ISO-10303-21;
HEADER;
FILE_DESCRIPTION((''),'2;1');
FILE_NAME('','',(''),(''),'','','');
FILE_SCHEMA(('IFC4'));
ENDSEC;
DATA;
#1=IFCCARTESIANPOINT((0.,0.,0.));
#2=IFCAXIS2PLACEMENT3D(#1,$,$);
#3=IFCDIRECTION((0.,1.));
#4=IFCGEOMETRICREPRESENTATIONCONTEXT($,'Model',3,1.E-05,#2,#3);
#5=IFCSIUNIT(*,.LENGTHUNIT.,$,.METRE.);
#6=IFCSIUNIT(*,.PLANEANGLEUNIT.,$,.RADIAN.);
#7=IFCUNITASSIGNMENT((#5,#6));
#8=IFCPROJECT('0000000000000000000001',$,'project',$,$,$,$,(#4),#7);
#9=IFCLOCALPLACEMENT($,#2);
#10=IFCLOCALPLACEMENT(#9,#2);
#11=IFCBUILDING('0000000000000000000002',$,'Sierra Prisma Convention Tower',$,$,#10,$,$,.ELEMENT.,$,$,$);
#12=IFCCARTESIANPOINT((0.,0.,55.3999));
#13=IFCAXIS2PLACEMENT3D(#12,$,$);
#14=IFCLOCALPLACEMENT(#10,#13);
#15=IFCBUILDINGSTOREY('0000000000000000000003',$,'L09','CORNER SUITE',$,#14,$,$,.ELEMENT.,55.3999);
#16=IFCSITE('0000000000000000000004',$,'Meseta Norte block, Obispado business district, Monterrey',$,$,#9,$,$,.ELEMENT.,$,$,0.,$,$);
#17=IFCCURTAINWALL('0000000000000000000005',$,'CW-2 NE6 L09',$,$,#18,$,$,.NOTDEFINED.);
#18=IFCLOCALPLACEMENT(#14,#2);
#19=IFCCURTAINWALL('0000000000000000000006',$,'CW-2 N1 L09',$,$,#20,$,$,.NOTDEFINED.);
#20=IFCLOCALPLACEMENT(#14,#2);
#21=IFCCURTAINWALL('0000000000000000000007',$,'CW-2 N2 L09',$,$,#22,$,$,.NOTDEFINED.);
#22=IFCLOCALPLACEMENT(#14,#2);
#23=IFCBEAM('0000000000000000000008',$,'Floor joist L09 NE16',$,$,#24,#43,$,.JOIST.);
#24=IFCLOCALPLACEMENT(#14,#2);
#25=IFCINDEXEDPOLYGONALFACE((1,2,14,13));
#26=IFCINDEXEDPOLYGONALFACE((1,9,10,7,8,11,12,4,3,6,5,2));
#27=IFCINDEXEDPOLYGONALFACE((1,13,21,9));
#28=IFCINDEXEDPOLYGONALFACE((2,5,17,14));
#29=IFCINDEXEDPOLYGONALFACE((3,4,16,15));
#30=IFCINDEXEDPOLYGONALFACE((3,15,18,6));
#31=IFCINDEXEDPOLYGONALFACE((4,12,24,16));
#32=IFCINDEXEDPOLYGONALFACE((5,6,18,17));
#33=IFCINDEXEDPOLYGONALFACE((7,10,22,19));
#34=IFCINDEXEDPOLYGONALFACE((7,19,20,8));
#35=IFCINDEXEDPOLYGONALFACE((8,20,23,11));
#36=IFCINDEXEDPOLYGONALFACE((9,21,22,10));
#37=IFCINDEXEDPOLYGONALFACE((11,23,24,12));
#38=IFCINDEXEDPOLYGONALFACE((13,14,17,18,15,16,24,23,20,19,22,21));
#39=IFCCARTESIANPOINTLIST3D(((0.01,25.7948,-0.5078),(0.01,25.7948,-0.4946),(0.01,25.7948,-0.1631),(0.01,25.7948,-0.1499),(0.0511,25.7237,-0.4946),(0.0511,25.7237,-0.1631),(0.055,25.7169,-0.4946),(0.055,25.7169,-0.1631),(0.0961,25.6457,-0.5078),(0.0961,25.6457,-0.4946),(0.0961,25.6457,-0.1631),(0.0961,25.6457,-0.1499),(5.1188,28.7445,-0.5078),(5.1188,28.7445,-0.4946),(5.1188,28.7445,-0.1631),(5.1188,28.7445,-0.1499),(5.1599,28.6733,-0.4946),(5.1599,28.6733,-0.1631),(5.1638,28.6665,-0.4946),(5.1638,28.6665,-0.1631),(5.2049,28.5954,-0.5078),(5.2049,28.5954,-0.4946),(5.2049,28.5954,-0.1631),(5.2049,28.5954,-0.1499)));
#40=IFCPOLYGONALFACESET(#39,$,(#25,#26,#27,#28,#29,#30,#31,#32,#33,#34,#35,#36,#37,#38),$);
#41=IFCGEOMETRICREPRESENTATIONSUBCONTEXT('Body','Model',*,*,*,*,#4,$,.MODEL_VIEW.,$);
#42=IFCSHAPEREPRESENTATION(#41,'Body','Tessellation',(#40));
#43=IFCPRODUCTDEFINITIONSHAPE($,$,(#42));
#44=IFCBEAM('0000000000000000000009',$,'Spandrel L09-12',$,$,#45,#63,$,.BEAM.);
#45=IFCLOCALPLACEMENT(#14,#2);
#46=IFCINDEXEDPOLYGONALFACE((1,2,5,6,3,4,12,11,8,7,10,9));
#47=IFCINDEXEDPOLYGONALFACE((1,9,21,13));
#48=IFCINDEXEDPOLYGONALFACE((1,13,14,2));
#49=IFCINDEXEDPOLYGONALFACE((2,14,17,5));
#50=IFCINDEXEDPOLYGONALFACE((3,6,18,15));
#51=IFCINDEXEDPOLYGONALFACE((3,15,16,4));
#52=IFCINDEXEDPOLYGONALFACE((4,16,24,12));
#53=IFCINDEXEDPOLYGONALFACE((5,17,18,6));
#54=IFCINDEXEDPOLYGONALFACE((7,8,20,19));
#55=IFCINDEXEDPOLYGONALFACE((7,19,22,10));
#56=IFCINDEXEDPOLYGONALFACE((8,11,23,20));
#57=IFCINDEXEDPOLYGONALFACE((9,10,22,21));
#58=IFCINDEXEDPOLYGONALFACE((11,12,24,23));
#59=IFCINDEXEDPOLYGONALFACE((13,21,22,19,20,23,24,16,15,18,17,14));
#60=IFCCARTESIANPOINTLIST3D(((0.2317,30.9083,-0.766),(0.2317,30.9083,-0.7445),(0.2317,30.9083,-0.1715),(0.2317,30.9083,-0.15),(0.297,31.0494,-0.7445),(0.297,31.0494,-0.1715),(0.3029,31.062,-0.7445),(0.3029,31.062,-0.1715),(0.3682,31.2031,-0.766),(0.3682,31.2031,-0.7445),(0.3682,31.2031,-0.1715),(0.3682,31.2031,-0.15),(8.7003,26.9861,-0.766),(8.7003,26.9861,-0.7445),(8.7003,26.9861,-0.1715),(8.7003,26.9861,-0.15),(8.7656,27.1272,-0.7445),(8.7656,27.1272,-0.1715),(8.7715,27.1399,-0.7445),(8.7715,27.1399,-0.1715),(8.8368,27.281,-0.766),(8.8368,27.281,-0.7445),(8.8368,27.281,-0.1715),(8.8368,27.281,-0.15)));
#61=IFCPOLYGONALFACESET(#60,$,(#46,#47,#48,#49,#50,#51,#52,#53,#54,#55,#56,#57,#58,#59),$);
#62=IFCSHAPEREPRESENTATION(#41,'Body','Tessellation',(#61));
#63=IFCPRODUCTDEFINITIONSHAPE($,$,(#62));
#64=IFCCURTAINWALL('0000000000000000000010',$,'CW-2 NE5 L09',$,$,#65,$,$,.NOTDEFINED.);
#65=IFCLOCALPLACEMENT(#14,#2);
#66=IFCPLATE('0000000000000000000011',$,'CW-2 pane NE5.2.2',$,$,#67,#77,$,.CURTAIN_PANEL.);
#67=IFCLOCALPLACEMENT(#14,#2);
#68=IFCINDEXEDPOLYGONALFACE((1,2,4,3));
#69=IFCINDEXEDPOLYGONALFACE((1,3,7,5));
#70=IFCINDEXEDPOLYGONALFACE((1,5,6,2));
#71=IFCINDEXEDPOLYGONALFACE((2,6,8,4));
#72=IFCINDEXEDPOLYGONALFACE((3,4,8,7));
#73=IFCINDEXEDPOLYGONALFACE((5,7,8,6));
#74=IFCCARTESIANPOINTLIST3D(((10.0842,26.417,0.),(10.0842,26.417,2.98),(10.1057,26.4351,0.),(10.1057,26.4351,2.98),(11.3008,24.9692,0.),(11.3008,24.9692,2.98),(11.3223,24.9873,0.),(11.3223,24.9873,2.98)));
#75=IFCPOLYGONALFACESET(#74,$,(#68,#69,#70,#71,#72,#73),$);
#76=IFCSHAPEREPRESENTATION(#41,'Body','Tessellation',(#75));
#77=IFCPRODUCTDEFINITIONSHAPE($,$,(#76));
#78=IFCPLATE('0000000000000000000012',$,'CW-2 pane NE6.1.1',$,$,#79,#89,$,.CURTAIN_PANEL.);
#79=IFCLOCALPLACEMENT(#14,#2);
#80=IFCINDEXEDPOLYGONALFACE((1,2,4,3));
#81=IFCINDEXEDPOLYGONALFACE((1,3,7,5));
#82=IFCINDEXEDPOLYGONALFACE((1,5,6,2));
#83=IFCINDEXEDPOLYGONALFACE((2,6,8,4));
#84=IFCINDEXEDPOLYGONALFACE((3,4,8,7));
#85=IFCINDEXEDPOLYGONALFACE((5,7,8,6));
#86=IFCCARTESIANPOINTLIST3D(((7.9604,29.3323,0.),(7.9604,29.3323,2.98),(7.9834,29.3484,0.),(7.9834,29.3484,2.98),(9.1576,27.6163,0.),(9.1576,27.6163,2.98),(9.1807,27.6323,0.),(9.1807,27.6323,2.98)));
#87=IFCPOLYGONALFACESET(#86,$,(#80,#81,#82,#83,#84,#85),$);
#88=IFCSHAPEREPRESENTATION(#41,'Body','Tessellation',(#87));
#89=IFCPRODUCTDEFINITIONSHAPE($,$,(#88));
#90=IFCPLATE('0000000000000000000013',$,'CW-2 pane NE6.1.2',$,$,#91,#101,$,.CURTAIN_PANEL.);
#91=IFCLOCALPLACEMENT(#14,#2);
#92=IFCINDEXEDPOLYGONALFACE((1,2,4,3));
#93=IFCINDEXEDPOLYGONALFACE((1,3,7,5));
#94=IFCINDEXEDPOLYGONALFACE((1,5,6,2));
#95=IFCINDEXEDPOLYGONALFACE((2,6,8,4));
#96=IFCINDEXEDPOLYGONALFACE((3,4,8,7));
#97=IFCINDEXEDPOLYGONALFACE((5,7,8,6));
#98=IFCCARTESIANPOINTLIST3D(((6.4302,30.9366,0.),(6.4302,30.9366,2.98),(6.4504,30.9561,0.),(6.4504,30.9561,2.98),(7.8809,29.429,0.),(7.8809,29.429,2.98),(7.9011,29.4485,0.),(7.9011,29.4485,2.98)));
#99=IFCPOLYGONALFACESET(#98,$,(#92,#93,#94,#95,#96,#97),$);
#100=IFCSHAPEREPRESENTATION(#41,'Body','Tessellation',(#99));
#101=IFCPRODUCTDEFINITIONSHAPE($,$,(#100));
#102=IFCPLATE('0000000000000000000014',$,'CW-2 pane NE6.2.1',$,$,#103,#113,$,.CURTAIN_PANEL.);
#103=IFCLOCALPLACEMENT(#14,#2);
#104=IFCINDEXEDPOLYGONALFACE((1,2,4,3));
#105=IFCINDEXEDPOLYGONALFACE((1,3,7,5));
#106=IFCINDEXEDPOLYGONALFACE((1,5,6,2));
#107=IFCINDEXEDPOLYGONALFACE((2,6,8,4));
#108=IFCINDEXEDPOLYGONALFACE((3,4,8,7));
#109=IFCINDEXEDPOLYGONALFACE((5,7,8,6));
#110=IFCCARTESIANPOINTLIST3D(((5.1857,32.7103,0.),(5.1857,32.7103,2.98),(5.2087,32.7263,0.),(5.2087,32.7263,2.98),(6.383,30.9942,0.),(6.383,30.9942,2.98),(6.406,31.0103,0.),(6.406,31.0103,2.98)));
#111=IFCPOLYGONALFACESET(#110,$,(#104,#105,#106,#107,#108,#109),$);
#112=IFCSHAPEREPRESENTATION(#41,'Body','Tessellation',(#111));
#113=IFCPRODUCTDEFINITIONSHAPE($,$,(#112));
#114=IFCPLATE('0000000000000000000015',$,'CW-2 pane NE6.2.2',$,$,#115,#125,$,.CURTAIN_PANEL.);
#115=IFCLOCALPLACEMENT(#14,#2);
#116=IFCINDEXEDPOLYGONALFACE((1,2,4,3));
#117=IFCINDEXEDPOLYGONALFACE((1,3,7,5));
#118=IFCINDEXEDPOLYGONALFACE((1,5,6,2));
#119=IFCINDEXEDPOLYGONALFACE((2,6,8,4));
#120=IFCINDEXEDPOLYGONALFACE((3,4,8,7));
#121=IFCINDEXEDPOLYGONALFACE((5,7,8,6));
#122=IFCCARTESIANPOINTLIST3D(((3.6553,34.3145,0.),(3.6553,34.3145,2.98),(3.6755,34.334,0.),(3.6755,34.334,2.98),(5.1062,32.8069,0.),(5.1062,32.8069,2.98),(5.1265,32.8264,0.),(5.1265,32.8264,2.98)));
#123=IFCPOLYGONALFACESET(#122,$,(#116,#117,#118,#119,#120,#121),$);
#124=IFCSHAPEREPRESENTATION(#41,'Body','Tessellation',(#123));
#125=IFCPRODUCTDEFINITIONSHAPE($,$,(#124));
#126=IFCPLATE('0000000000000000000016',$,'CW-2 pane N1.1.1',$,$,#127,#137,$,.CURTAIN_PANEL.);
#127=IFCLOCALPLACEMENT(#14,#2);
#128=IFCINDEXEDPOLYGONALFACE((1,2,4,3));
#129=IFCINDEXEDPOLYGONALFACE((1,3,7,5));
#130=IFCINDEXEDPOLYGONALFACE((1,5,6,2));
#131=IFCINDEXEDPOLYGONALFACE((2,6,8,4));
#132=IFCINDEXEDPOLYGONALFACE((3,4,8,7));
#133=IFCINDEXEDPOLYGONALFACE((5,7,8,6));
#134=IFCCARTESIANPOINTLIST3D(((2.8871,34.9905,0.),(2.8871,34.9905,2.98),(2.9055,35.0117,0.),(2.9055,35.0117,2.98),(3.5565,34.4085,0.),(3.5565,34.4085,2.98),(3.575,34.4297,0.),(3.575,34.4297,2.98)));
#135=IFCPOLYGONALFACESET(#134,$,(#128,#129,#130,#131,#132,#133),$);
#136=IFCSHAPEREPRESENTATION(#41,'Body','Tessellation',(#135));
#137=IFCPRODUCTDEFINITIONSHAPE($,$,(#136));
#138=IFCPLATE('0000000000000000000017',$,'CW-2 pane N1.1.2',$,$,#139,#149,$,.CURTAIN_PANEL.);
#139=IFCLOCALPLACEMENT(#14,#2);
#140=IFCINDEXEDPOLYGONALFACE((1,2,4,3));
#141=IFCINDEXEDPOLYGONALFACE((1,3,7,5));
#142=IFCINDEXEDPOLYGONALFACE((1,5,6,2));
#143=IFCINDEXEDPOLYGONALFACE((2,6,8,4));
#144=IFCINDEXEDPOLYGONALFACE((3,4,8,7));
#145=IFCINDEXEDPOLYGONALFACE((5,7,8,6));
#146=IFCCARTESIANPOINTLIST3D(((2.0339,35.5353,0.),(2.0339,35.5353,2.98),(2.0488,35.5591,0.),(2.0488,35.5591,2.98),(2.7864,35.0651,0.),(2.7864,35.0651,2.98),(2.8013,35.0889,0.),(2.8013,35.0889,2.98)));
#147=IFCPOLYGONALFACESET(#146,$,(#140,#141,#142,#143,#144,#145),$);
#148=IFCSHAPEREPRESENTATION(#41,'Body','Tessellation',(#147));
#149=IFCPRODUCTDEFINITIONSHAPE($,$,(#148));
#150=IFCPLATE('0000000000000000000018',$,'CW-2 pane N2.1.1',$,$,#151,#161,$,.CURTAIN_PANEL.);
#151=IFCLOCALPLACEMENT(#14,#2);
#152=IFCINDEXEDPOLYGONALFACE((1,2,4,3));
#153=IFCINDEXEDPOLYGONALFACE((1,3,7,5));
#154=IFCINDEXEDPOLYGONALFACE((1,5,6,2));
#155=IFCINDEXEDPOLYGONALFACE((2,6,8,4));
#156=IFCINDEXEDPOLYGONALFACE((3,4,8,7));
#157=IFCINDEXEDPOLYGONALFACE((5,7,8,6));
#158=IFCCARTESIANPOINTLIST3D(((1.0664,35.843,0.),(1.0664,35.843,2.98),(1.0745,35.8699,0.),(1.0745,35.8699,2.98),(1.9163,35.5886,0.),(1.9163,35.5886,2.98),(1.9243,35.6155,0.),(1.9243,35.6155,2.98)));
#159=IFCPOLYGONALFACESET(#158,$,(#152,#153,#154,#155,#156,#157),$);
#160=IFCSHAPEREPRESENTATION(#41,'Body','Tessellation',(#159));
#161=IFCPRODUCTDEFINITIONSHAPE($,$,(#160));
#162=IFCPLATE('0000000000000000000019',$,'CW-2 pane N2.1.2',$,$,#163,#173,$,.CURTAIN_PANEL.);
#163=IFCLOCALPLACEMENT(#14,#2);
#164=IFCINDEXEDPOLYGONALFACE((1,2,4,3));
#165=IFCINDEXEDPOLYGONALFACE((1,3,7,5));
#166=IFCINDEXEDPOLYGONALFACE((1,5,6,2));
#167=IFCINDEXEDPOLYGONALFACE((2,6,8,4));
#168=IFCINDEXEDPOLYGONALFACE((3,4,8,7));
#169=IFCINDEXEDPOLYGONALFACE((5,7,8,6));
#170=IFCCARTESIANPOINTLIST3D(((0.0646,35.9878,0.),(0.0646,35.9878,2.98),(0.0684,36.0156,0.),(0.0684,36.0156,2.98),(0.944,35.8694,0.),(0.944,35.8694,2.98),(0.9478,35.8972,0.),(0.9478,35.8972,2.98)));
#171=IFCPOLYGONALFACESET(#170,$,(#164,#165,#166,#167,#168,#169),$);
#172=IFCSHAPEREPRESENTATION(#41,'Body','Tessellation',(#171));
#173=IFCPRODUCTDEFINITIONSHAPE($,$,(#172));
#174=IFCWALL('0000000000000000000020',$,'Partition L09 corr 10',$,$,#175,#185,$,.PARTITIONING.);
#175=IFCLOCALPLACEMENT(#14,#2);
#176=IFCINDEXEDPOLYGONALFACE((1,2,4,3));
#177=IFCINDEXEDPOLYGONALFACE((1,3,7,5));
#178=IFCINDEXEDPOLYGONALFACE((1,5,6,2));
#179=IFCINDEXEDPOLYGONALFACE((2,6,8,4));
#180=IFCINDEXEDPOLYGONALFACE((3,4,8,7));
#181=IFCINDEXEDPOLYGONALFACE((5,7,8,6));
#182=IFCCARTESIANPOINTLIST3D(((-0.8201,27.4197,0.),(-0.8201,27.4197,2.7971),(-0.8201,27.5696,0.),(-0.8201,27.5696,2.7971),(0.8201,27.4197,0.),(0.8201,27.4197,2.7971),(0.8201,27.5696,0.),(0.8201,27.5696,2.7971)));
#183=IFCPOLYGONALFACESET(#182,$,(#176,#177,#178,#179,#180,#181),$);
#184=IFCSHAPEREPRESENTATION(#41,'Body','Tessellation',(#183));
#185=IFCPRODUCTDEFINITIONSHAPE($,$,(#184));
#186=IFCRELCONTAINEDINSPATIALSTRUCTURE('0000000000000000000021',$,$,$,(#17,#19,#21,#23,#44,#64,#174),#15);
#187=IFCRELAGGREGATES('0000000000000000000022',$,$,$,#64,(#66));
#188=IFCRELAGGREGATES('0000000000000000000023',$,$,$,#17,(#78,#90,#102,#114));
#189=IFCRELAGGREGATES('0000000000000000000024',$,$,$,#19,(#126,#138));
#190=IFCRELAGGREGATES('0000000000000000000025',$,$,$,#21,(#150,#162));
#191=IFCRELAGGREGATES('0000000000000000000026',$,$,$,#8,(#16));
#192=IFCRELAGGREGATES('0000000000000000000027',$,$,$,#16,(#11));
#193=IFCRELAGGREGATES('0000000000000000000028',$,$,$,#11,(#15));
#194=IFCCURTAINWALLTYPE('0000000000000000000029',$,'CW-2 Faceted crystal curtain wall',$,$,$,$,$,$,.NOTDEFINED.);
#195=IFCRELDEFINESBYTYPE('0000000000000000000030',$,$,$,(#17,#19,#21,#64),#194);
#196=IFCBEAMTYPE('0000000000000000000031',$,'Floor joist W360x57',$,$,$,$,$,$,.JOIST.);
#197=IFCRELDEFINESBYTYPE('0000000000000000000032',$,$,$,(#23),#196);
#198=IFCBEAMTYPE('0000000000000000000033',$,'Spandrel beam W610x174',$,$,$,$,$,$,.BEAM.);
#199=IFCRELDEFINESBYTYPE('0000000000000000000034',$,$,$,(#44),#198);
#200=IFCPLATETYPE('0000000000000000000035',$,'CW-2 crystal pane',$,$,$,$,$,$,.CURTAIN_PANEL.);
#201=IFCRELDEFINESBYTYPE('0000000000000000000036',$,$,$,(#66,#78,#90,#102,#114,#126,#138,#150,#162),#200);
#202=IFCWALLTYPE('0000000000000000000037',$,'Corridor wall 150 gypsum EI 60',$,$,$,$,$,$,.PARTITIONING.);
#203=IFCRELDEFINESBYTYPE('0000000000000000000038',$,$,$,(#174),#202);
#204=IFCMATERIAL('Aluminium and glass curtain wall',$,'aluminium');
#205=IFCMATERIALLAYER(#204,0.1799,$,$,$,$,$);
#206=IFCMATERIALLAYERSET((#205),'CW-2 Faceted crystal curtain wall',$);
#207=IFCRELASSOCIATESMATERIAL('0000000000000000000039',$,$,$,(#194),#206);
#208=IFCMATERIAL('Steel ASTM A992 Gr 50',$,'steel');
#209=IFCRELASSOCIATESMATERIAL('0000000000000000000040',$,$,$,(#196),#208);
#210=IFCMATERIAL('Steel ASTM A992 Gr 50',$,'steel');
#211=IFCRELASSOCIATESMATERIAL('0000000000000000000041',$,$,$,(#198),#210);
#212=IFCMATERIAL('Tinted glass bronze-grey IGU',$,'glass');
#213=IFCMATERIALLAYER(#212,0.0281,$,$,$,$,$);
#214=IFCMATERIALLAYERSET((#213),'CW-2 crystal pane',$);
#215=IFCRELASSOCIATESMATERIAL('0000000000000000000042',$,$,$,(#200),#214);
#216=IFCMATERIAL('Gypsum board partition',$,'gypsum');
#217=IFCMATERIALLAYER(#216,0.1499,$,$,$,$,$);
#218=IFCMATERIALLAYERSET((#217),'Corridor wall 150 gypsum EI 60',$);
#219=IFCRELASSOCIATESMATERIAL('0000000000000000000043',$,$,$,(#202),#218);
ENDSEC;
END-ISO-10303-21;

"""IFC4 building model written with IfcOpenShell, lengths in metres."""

from ifc_helpers import new_model, si_unit, direction, frame, frame_2d, origin, origin_2d, place, context, subcontext, project, spatial, polyline, rectangle, i_section, outline, extrude, material, layer, layer_set, material_profile, profile_set, type_object, element, aggregate, save


model = new_model("IFC4")

# Units and contexts
model_context = context("Model", 3, precision=1e-05, world=origin(), true_north=direction((0.0, 1.0)))
body_context = subcontext(model_context, "Body", "Model", "MODEL_VIEW")
ifc_project = project(units=[si_unit("LENGTHUNIT", "METRE"), si_unit("PLANEANGLEUNIT", "RADIAN")], contexts=[model_context])

# Site, building, storey
site_placement = place(None, origin())
site = spatial("IfcSite", under=ifc_project, at=site_placement, Name="Meseta Norte block, Obispado business district, Monterrey", CompositionType="ELEMENT", RefElevation=0.0)
building_placement = place(site_placement, origin())
building = spatial("IfcBuilding", under=site, at=building_placement, Name="Sierra Prisma Convention Tower", CompositionType="ELEMENT")
storey_placement = place(building_placement, frame((0.0, 0.0, 55.3999)))
storey = spatial("IfcBuildingStorey", under=building, at=storey_placement, Name="L09", Description="CORNER SUITE", CompositionType="ELEMENT", Elevation=55.3999)

# Curtain wall
ifc_material_1 = material(Name="Aluminium and glass curtain wall", Category="aluminium")
ifc_layer_1 = layer(ifc_material_1, 0.1799)
ifc_layer_set_1 = layer_set([ifc_layer_1], Name="CW-2 Faceted crystal curtain wall")
curtain_wall_type = type_object("IfcCurtainWallType", Name="CW-2 Faceted crystal curtain wall", PredefinedType="NOTDEFINED", material=ifc_layer_set_1)
curtain_wall_1_placement = place(storey_placement, origin())
curtain_wall_1 = element("IfcCurtainWall", 1, at=curtain_wall_1_placement, inside=storey, type_object=curtain_wall_type, Name="CW-2 NE6 L09", PredefinedType="NOTDEFINED")

# Curtain walls
curtain_wall_2_placement = place(storey_placement, origin())
curtain_wall_2 = element("IfcCurtainWall", 2, at=curtain_wall_2_placement, inside=storey, type_object=curtain_wall_type, Name="CW-2 N1 L09", PredefinedType="NOTDEFINED")
curtain_wall_3_placement = place(storey_placement, origin())
curtain_wall_3 = element("IfcCurtainWall", 3, at=curtain_wall_3_placement, inside=storey, type_object=curtain_wall_type, Name="CW-2 N2 L09", PredefinedType="NOTDEFINED")

# Beams
ifc_material_2 = material(Name="Steel ASTM A992 Gr 50", Category="steel")
ifc_material_profile_1 = material_profile(ifc_material_2, i_section(OverallWidth=0.1721, OverallDepth=0.3579, WebThickness=0.0078, FlangeThickness=0.0132, at=origin_2d()), Name="W360x57")
ifc_profile_set_1 = profile_set([ifc_material_profile_1], Name="Steel ASTM A992 Gr 50")
beam_type_1 = type_object("IfcBeamType", Name="Floor joist W360x57", PredefinedType="JOIST", material=ifc_profile_set_1)
beam_1_placement = place(storey_placement, frame((5.1619, 28.6699, -0.3289), z_axis=(-0.866019, -0.500011, 0.0), x_axis=(0.500011, -0.866019, 0.0)))
element("IfcBeam", 4, at=beam_1_placement, inside=storey, type_object=beam_type_1, Name="Floor joist L09 NE16", PredefinedType="JOIST", context=body_context, shape_type="SweptSolid", body=[
    extrude(i_section(OverallWidth=0.1721, OverallDepth=0.3579, WebThickness=0.0078, FlangeThickness=0.0132, at=origin_2d()), origin(), (0.0, 0.0, 1.0), 5.8992),
])
ifc_material_3 = material(Name="Steel ASTM A992 Gr 50", Category="steel")
ifc_material_profile_2 = material_profile(ifc_material_3, i_section(OverallWidth=0.325, OverallDepth=0.616, WebThickness=0.0139, FlangeThickness=0.0215, at=origin_2d()), Name="W610x174")
ifc_profile_set_2 = profile_set([ifc_material_profile_2], Name="Steel ASTM A992 Gr 50")
beam_type_2 = type_object("IfcBeamType", Name="Spandrel beam W610x174", PredefinedType="BEAM", material=ifc_profile_set_2)
beam_2_placement = place(storey_placement, frame((8.7686, 27.1335, -0.458), z_axis=(-0.907405, 0.420257, 0.0), x_axis=(-0.420257, -0.907405, 0.0)))
element("IfcBeam", 5, at=beam_2_placement, inside=storey, type_object=beam_type_2, Name="Spandrel L09-12", PredefinedType="BEAM", context=body_context, shape_type="SweptSolid", body=[
    extrude(i_section(OverallWidth=0.325, OverallDepth=0.616, WebThickness=0.0139, FlangeThickness=0.0215, at=origin_2d()), origin(), (0.0, 0.0, 1.0), 9.3328),
])

# Curtain wall, plate
curtain_wall_4_placement = place(storey_placement, origin())
curtain_wall_4 = element("IfcCurtainWall", 6, at=curtain_wall_4_placement, inside=storey, type_object=curtain_wall_type, Name="CW-2 NE5 L09", PredefinedType="NOTDEFINED")
ifc_material_4 = material(Name="Tinted glass bronze-grey IGU", Category="glass")
ifc_layer_2 = layer(ifc_material_4, 0.0281)
ifc_layer_set_2 = layer_set([ifc_layer_2], Name="CW-2 crystal pane")
plate_type = type_object("IfcPlateType", Name="CW-2 crystal pane", PredefinedType="CURTAIN_PANEL", material=ifc_layer_set_2)
plate_1_placement = place(storey_placement, frame((10.1057, 26.4351, 0.0), z_axis=(0.76559, 0.643328, 0.0), x_axis=(0.643328, -0.76559, 0.0)))
plate_1 = element("IfcPlate", 7, at=plate_1_placement, type_object=plate_type, Name="CW-2 pane NE5.2.2", PredefinedType="CURTAIN_PANEL", context=body_context, shape_type="SweptSolid", body=[
    extrude(outline(polyline([(0.0, 0.0), (1.891, 0.0), (1.891, -2.98), (0.0, -2.98), (0.0, 0.0)])), origin(), (0.0, 0.0, -1.0), 0.0281),
])
aggregate(curtain_wall_4, [plate_1])

# Plates
plate_2_placement = place(storey_placement, frame((9.1807, 27.6323, 0.0), z_axis=(0.820124, 0.572185, 0.0), x_axis=(-0.572185, 0.820124, 0.0)))
plate_2 = element("IfcPlate", 8, at=plate_2_placement, type_object=plate_type, Name="CW-2 pane NE6.1.1", PredefinedType="CURTAIN_PANEL", context=body_context, shape_type="SweptSolid", body=[
    extrude(outline(polyline([(0.0, 0.0), (2.0924, 0.0), (2.0924, 2.98), (0.0, 2.98), (0.0, 0.0)])), origin(), (0.0, 0.0, -1.0), 0.0281),
])
plate_3_placement = place(storey_placement, frame((6.4504, 30.9561, 0.0), z_axis=(0.720571, 0.693382, 0.0), x_axis=(0.693382, -0.720571, 0.0)))
plate_3 = element("IfcPlate", 9, at=plate_3_placement, type_object=plate_type, Name="CW-2 pane NE6.1.2", PredefinedType="CURTAIN_PANEL", context=body_context, shape_type="SweptSolid", body=[
    extrude(outline(polyline([(0.0, 0.0), (2.0922, 0.0), (2.0922, -2.98), (0.0, -2.98), (0.0, 0.0)])), origin(), (0.0, 0.0, -1.0), 0.0281),
])
plate_4_placement = place(storey_placement, frame((6.406, 31.0103, 0.0), z_axis=(0.820124, 0.572185, 0.0), x_axis=(-0.572185, 0.820124, 0.0)))
plate_4 = element("IfcPlate", 10, at=plate_4_placement, type_object=plate_type, Name="CW-2 pane NE6.2.1", PredefinedType="CURTAIN_PANEL", context=body_context, shape_type="SweptSolid", body=[
    extrude(outline(polyline([(0.0, 0.0), (2.0924, 0.0), (2.0924, 2.98), (0.0, 2.98), (0.0, 0.0)])), origin(), (0.0, 0.0, -1.0), 0.0281),
])
plate_5_placement = place(storey_placement, frame((3.6755, 34.334, 0.0), z_axis=(0.720512, 0.693442, 0.0), x_axis=(0.693442, -0.720512, 0.0)))
plate_5 = element("IfcPlate", 11, at=plate_5_placement, type_object=plate_type, Name="CW-2 pane NE6.2.2", PredefinedType="CURTAIN_PANEL", context=body_context, shape_type="SweptSolid", body=[
    extrude(outline(polyline([(0.0, 0.0), (2.0924, 0.0), (2.0924, -2.98), (0.0, -2.98), (0.0, 0.0)])), origin(), (0.0, 0.0, -1.0), 0.0281),
])
aggregate(curtain_wall_1, [plate_2, plate_3, plate_4, plate_5])
plate_6_placement = place(storey_placement, frame((3.575, 34.4297, 0.0), z_axis=(0.656124, 0.754653, 0.0), x_axis=(-0.754653, 0.656124, 0.0)))
plate_6 = element("IfcPlate", 12, at=plate_6_placement, type_object=plate_type, Name="CW-2 pane N1.1.1", PredefinedType="CURTAIN_PANEL", context=body_context, shape_type="SweptSolid", body=[
    extrude(outline(polyline([(0.0, 0.0), (0.8871, 0.0), (0.8871, 2.98), (0.0, 2.98), (0.0, 0.0)])), origin(), (0.0, 0.0, -1.0), 0.0281),
])
plate_7_placement = place(storey_placement, frame((2.0488, 35.5591, 0.0), z_axis=(0.529949, 0.848029, 0.0), x_axis=(0.848029, -0.529949, 0.0)))
plate_7 = element("IfcPlate", 13, at=plate_7_placement, type_object=plate_type, Name="CW-2 pane N1.1.2", PredefinedType="CURTAIN_PANEL", context=body_context, shape_type="SweptSolid", body=[
    extrude(outline(polyline([(0.0, 0.0), (0.8873, 0.0), (0.8873, -2.98), (0.0, -2.98), (0.0, 0.0)])), origin(), (0.0, 0.0, -1.0), 0.0281),
])
aggregate(curtain_wall_2, [plate_6, plate_7])
plate_8_placement = place(storey_placement, frame((1.9243, 35.6155, 0.0), z_axis=(0.286767, 0.958, 0.0), x_axis=(-0.958, 0.286767, 0.0)))
plate_8 = element("IfcPlate", 14, at=plate_8_placement, type_object=plate_type, Name="CW-2 pane N2.1.1", PredefinedType="CURTAIN_PANEL", context=body_context, shape_type="SweptSolid", body=[
    extrude(outline(polyline([(0.0, 0.0), (0.8871, 0.0), (0.8871, 2.98), (0.0, 2.98), (0.0, 0.0)])), origin(), (0.0, 0.0, -1.0), 0.0281),
])
plate_9_placement = place(storey_placement, frame((0.0684, 36.0156, 0.0), z_axis=(0.133443, 0.991056, 0.0), x_axis=(0.991056, -0.133443, 0.0)))
plate_9 = element("IfcPlate", 15, at=plate_9_placement, type_object=plate_type, Name="CW-2 pane N2.1.2", PredefinedType="CURTAIN_PANEL", context=body_context, shape_type="SweptSolid", body=[
    extrude(outline(polyline([(0.0, 0.0), (0.8873, 0.0), (0.8873, -2.98), (0.0, -2.98), (0.0, 0.0)])), origin(), (0.0, 0.0, -1.0), 0.0281),
])
aggregate(curtain_wall_3, [plate_8, plate_9])

# Wall
ifc_material_5 = material(Name="Gypsum board partition", Category="gypsum")
ifc_layer_3 = layer(ifc_material_5, 0.1499)
ifc_layer_set_3 = layer_set([ifc_layer_3], Name="Corridor wall 150 gypsum EI 60")
wall_type_1 = type_object("IfcWallType", Name="Corridor wall 150 gypsum EI 60", PredefinedType="PARTITIONING", material=ifc_layer_set_3)
wall_1_placement = place(storey_placement, frame((0.8201, 27.4946, 0.0), z_axis=(0.0, 0.0, 1.0), x_axis=(-1.0, 0.0, 0.0)))
element("IfcWall", 16, at=wall_1_placement, inside=storey, type_object=wall_type_1, Name="Partition L09 corr 10", PredefinedType="PARTITIONING", context=body_context, shape_type="SweptSolid", body=[
    extrude(rectangle(XDim=1.6401, YDim=0.1499, at=frame_2d((0.8201, 0.0))), origin(), (0.0, 0.0, 1.0), 2.7971),
])

save(model, "model.ifc")
